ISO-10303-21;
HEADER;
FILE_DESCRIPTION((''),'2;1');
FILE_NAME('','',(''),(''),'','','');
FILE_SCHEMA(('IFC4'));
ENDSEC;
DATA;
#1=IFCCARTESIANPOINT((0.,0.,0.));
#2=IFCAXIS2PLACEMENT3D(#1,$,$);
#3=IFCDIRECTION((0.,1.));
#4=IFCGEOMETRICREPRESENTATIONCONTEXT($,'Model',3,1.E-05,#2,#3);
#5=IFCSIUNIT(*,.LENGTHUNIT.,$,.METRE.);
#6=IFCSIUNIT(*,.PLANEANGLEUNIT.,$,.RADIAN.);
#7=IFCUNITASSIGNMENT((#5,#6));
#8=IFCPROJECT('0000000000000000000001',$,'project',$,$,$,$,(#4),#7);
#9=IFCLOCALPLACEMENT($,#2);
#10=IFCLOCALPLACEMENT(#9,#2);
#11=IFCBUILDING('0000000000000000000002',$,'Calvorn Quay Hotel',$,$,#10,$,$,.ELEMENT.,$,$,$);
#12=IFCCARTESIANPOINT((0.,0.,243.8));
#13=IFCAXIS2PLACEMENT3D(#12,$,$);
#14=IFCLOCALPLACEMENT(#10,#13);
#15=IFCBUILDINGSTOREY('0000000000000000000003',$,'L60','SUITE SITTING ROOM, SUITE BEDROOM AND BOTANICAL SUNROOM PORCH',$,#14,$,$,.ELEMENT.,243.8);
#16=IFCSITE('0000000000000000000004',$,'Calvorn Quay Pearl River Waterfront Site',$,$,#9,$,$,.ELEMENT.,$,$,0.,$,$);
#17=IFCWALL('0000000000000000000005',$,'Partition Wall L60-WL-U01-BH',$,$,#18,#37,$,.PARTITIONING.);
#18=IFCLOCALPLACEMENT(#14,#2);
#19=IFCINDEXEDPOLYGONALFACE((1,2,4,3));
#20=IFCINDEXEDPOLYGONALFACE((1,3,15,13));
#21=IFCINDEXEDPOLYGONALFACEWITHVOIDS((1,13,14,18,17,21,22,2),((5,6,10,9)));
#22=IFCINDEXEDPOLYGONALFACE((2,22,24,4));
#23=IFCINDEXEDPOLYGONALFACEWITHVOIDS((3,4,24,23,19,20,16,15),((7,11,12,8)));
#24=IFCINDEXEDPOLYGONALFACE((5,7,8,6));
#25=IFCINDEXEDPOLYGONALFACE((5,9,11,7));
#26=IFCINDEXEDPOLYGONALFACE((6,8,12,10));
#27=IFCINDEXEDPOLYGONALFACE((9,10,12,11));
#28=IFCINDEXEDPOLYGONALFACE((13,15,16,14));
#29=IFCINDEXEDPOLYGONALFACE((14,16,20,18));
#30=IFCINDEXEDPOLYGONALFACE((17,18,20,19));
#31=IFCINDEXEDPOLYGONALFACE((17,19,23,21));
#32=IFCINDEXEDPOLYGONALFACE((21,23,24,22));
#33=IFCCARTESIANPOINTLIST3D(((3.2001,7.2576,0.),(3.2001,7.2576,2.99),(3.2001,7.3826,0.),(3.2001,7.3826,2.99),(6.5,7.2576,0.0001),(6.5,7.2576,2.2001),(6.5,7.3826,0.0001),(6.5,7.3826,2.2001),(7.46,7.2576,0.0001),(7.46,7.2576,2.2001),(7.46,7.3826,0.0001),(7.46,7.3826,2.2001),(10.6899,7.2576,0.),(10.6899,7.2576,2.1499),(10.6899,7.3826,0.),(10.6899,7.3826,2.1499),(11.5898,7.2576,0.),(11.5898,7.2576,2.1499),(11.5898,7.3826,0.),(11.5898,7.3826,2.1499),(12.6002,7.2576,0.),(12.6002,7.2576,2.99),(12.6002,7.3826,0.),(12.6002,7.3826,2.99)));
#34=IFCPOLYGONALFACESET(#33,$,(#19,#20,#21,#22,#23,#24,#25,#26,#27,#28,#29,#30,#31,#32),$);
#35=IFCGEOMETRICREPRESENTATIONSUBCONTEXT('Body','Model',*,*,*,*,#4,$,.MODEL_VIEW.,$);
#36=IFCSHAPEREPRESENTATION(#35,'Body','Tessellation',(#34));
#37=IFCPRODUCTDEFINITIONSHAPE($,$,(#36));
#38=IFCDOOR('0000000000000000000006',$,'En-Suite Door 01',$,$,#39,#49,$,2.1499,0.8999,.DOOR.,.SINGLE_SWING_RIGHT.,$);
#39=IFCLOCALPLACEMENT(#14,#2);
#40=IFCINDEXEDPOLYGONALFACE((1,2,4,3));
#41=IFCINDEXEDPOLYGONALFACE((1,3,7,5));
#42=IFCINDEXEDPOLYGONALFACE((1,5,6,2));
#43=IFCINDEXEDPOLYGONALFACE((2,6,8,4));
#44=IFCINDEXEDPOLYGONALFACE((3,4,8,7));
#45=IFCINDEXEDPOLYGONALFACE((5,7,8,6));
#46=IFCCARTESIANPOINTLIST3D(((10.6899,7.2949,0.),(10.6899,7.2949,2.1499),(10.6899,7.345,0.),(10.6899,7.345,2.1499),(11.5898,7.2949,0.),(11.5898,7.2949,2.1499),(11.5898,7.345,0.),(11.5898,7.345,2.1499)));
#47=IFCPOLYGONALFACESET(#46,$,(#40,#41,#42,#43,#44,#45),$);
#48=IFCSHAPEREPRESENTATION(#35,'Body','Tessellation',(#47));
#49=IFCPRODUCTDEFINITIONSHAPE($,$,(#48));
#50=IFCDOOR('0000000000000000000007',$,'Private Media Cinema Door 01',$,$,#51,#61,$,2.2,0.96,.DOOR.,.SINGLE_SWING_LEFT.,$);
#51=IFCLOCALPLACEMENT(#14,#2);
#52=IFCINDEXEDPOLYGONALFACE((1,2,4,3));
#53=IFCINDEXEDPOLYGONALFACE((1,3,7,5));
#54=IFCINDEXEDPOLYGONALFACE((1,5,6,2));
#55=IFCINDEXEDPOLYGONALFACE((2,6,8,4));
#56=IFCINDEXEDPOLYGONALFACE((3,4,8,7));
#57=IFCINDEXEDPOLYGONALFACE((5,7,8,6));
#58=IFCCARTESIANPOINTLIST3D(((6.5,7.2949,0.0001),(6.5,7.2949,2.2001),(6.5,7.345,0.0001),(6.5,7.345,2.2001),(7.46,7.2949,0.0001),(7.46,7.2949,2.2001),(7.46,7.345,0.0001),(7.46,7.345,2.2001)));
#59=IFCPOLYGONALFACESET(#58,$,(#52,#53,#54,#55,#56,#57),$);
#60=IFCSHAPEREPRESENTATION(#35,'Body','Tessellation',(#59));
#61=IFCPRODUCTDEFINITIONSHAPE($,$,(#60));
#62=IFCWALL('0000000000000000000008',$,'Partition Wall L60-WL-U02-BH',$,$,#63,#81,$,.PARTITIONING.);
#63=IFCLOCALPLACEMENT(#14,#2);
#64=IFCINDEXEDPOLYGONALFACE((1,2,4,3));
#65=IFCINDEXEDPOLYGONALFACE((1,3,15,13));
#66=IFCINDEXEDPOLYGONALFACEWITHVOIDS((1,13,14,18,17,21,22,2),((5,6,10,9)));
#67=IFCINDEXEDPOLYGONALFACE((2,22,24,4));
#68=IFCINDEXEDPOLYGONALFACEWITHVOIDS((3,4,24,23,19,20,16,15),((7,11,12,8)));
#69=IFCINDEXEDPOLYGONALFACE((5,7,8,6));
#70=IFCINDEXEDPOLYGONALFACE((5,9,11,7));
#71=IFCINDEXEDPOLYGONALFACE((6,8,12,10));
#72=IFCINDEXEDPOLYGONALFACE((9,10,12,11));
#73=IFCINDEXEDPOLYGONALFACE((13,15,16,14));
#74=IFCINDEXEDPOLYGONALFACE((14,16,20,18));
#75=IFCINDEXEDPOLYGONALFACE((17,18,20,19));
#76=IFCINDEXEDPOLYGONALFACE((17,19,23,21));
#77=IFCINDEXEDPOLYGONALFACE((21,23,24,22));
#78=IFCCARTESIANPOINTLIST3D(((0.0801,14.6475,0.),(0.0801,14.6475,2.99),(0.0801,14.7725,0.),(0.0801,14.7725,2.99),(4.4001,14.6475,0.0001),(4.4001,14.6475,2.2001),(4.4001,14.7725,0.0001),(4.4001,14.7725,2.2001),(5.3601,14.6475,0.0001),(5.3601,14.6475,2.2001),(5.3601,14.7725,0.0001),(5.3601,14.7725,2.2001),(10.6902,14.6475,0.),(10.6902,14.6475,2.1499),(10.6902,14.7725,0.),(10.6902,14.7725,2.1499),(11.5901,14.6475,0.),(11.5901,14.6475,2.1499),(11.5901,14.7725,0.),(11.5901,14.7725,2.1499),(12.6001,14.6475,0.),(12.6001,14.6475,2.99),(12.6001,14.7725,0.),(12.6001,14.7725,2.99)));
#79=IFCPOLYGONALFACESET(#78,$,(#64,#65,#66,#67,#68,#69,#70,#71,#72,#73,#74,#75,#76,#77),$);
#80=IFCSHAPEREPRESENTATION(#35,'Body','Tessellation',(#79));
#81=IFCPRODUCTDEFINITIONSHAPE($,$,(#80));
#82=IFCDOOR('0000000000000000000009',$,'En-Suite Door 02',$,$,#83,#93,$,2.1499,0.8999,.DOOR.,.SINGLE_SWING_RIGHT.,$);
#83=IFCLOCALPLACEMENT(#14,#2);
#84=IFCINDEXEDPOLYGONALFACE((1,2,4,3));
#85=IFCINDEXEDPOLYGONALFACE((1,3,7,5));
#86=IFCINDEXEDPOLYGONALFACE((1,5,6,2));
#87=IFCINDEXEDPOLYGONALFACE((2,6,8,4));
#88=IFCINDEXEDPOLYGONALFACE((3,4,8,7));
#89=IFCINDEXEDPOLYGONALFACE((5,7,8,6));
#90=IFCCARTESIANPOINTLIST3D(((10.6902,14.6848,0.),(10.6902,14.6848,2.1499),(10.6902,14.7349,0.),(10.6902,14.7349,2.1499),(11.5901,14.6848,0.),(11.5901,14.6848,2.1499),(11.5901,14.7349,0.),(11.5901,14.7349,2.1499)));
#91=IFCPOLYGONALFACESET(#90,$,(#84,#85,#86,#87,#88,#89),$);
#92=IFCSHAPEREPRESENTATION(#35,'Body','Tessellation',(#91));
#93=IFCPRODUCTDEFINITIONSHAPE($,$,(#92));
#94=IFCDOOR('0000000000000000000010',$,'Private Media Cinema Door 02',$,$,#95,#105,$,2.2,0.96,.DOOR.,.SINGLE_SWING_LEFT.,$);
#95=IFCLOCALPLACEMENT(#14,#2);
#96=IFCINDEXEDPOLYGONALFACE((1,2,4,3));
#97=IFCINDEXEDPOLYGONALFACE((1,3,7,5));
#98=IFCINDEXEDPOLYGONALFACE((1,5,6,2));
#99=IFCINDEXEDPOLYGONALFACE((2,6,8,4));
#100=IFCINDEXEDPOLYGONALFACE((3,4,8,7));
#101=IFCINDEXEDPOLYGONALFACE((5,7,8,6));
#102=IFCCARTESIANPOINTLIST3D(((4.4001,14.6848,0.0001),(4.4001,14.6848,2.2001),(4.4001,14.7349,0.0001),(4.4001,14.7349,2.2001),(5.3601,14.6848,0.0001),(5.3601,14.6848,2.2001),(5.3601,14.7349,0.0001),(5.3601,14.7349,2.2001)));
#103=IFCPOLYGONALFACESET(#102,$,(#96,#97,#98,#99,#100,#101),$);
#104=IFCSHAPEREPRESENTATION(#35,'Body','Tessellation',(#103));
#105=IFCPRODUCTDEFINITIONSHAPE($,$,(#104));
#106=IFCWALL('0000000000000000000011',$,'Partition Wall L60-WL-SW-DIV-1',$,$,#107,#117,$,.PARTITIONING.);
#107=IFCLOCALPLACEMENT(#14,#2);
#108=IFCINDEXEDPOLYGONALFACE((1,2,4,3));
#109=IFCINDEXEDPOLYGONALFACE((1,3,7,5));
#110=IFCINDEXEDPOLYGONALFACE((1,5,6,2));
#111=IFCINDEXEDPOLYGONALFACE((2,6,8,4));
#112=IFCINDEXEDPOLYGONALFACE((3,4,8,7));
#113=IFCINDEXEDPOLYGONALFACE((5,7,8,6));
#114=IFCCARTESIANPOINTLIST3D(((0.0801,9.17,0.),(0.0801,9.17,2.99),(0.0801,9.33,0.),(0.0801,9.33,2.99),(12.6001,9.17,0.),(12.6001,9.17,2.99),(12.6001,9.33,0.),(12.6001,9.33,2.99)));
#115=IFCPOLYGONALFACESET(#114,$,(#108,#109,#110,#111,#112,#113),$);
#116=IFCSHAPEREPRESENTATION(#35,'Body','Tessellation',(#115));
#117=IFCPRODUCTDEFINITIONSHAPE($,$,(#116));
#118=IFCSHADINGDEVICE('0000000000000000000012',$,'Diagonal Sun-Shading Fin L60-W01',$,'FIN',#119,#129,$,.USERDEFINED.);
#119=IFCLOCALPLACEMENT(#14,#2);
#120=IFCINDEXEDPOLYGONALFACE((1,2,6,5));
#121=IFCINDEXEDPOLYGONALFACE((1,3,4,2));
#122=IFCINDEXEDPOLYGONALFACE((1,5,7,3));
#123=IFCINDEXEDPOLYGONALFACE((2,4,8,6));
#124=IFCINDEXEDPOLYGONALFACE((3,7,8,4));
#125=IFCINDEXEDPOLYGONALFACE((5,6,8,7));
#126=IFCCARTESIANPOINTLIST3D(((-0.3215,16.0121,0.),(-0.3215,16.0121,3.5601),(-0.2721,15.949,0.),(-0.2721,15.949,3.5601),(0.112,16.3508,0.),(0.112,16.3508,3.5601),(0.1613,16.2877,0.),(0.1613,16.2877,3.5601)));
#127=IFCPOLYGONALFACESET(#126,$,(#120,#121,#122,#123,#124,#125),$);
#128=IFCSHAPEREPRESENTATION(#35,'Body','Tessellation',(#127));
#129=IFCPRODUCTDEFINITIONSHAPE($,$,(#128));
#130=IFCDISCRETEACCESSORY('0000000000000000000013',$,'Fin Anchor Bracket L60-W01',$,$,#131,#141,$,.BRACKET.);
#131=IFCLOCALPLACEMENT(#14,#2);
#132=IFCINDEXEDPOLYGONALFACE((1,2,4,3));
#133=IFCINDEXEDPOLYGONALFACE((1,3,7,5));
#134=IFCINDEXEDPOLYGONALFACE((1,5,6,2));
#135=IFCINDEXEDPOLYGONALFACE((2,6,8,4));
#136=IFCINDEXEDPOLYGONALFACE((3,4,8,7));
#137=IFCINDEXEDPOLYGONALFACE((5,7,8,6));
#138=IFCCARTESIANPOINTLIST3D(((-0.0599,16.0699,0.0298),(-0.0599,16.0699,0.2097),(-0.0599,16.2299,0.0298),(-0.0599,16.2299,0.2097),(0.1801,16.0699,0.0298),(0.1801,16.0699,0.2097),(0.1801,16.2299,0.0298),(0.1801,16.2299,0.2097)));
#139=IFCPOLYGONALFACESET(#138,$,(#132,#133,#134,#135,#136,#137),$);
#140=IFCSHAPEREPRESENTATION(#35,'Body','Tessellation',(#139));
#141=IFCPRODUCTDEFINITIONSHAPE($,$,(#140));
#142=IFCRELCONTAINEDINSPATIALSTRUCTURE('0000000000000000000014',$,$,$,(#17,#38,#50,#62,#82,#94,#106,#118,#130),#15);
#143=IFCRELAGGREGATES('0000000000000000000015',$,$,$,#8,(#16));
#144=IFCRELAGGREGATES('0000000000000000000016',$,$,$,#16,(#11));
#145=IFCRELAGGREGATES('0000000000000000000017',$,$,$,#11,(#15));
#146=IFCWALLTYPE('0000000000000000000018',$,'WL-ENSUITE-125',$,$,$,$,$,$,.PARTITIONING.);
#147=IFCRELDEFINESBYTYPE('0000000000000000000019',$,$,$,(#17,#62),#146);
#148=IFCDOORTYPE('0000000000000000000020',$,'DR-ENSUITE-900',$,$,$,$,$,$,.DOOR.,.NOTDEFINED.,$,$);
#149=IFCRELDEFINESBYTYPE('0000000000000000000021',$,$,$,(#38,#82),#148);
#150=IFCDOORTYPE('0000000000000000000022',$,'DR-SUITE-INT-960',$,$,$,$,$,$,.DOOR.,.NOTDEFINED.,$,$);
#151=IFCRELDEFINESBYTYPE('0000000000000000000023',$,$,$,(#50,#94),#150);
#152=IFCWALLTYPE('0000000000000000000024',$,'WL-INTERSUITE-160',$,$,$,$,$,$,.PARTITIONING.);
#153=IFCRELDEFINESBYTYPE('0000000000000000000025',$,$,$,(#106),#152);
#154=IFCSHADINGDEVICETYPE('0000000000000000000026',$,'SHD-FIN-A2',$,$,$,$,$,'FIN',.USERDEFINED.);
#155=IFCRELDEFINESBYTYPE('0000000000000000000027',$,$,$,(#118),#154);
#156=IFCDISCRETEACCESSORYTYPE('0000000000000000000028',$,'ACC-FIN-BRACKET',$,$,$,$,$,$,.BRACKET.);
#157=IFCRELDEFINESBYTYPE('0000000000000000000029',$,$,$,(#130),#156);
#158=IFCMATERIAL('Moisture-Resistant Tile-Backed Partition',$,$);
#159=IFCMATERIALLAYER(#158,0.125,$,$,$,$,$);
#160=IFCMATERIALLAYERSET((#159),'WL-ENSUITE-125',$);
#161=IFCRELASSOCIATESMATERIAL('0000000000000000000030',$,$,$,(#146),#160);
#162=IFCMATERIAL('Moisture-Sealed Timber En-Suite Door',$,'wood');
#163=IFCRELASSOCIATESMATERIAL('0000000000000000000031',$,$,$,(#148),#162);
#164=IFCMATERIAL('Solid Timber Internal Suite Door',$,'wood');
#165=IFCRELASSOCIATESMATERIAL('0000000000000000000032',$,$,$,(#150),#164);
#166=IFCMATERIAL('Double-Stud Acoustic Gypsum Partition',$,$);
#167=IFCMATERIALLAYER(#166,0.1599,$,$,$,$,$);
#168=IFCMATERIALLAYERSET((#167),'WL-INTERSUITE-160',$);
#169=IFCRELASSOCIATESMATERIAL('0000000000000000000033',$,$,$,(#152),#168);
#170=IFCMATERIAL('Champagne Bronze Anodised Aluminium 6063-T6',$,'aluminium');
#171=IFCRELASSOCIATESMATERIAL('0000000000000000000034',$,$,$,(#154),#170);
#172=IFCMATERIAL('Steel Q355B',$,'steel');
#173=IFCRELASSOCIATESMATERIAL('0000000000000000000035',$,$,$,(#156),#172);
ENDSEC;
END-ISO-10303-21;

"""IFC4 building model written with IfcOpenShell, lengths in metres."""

from ifc_helpers import new_model, si_unit, direction, frame, frame_2d, origin, origin_2d, place, context, subcontext, project, spatial, rectangle, extrude, material, layer, layer_set, type_object, element, fill, save


model = new_model("IFC4")

# Units and contexts
model_context = context("Model", 3, precision=1e-05, world=origin(), true_north=direction((0.0, 1.0)))
body_context = subcontext(model_context, "Body", "Model", "MODEL_VIEW")
ifc_project = project(units=[si_unit("LENGTHUNIT", "METRE"), si_unit("PLANEANGLEUNIT", "RADIAN")], contexts=[model_context])

# Site, building, storey
site_placement = place(None, origin())
site = spatial("IfcSite", under=ifc_project, at=site_placement, Name="Calvorn Quay Pearl River Waterfront Site", CompositionType="ELEMENT", RefElevation=0.0)
building_placement = place(site_placement, origin())
building = spatial("IfcBuilding", under=site, at=building_placement, Name="Calvorn Quay Hotel", CompositionType="ELEMENT")
storey_placement = place(building_placement, frame((0.0, 0.0, 243.8)))
storey = spatial("IfcBuildingStorey", under=building, at=storey_placement, Name="L60", Description="SUITE SITTING ROOM, SUITE BEDROOM AND BOTANICAL SUNROOM PORCH", CompositionType="ELEMENT", Elevation=243.8)

# Walls, openings, doors
ifc_material_1 = material(Name="Moisture-Resistant Tile-Backed Partition")
ifc_layer_1 = layer(ifc_material_1, 0.125)
ifc_layer_set_1 = layer_set([ifc_layer_1], Name="WL-ENSUITE-125")
wall_type_1 = type_object("IfcWallType", Name="WL-ENSUITE-125", PredefinedType="PARTITIONING", material=ifc_layer_set_1)
wall_1_placement = place(storey_placement, frame((3.2, 7.3201, 0.0), z_axis=(0.0, 0.0, 1.0), x_axis=(1.0, 0.0, 0.0)))
wall_1 = element("IfcWall", 1, at=wall_1_placement, inside=storey, type_object=wall_type_1, Name="Partition Wall L60-WL-U01-BH", PredefinedType="PARTITIONING", context=body_context, shape_type="SweptSolid", body=[
    extrude(rectangle(XDim=9.4001, YDim=0.125, at=frame_2d((4.7002, 0.0))), origin(), (0.0, 0.0, 1.0), 2.99),
])
opening_1_placement = place(wall_1_placement, frame((3.3, 0.0, 0.0)))
opening_1 = element("IfcOpeningElement", 2, at=opening_1_placement, cuts=wall_1, PredefinedType="OPENING", context=body_context, shape_type="SweptSolid", body=[
    extrude(rectangle(XDim=0.96, YDim=2.2, at=frame_2d((0.48, 1.1001))), frame((0.0, 0.0725, 0.0), z_axis=(0.0, -1.0, 0.0), x_axis=(1.0, 0.0, 0.0)), (0.0, 0.0, 1.0), 0.145),
])
opening_2_placement = place(wall_1_placement, frame((7.49, 0.0, 0.0)))
opening_2 = element("IfcOpeningElement", 3, at=opening_2_placement, cuts=wall_1, PredefinedType="OPENING", context=body_context, shape_type="SweptSolid", body=[
    extrude(rectangle(XDim=0.8999, YDim=2.1499, at=frame_2d((0.45, 1.075))), frame((0.0, 0.0725, 0.0), z_axis=(0.0, -1.0, 0.0), x_axis=(1.0, 0.0, 0.0)), (0.0, 0.0, 1.0), 0.145),
])
ifc_material_2 = material(Name="Moisture-Sealed Timber En-Suite Door", Category="wood")
door_type_1 = type_object("IfcDoorType", Name="DR-ENSUITE-900", OperationType="NOTDEFINED", PredefinedType="DOOR", material=ifc_material_2)
door_1_placement = place(opening_2_placement, origin())
door_1 = element("IfcDoor", 4, at=door_1_placement, inside=storey, type_object=door_type_1, Name="En-Suite Door 01", OperationType="SINGLE_SWING_RIGHT", OverallHeight=2.1499, OverallWidth=0.8999, PredefinedType="DOOR", context=body_context, shape_type="SweptSolid", body=[
    extrude(rectangle(XDim=0.8999, YDim=2.1499, at=frame_2d((0.45, 1.075))), frame((0.0, 0.0249, 0.0), z_axis=(0.0, -1.0, 0.0), x_axis=(1.0, 0.0, 0.0)), (0.0, 0.0, 1.0), 0.05),
])
fill(opening_2, door_1)
ifc_material_3 = material(Name="Solid Timber Internal Suite Door", Category="wood")
door_type_2 = type_object("IfcDoorType", Name="DR-SUITE-INT-960", OperationType="NOTDEFINED", PredefinedType="DOOR", material=ifc_material_3)
door_2_placement = place(opening_1_placement, origin())
door_2 = element("IfcDoor", 5, at=door_2_placement, inside=storey, type_object=door_type_2, Name="Private Media Cinema Door 01", OperationType="SINGLE_SWING_LEFT", OverallHeight=2.2, OverallWidth=0.96, PredefinedType="DOOR", context=body_context, shape_type="SweptSolid", body=[
    extrude(rectangle(XDim=0.96, YDim=2.2, at=frame_2d((0.48, 1.1001))), frame((0.0, 0.0249, 0.0), z_axis=(0.0, -1.0, 0.0), x_axis=(1.0, 0.0, 0.0)), (0.0, 0.0, 1.0), 0.05),
])
fill(opening_1, door_2)
wall_2_placement = place(storey_placement, frame((0.0801, 14.71, 0.0), z_axis=(0.0, 0.0, 1.0), x_axis=(1.0, 0.0, 0.0)))
wall_2 = element("IfcWall", 6, at=wall_2_placement, inside=storey, type_object=wall_type_1, Name="Partition Wall L60-WL-U02-BH", PredefinedType="PARTITIONING", context=body_context, shape_type="SweptSolid", body=[
    extrude(rectangle(XDim=12.52, YDim=0.125, at=frame_2d((6.26, 0.0))), origin(), (0.0, 0.0, 1.0), 2.99),
])
opening_3_placement = place(wall_2_placement, frame((4.3201, 0.0, 0.0)))
opening_3 = element("IfcOpeningElement", 7, at=opening_3_placement, cuts=wall_2, PredefinedType="OPENING", context=body_context, shape_type="SweptSolid", body=[
    extrude(rectangle(XDim=0.96, YDim=2.2, at=frame_2d((0.48, 1.1001))), frame((0.0, 0.0725, 0.0), z_axis=(0.0, -1.0, 0.0), x_axis=(1.0, 0.0, 0.0)), (0.0, 0.0, 1.0), 0.145),
])
opening_4_placement = place(wall_2_placement, frame((10.6101, 0.0, 0.0)))
opening_4 = element("IfcOpeningElement", 8, at=opening_4_placement, cuts=wall_2, PredefinedType="OPENING", context=body_context, shape_type="SweptSolid", body=[
    extrude(rectangle(XDim=0.8999, YDim=2.1499, at=frame_2d((0.45, 1.075))), frame((0.0, 0.0725, 0.0), z_axis=(0.0, -1.0, 0.0), x_axis=(1.0, 0.0, 0.0)), (0.0, 0.0, 1.0), 0.145),
])
door_3_placement = place(opening_4_placement, origin())
door_3 = element("IfcDoor", 9, at=door_3_placement, inside=storey, type_object=door_type_1, Name="En-Suite Door 02", OperationType="SINGLE_SWING_RIGHT", OverallHeight=2.1499, OverallWidth=0.8999, PredefinedType="DOOR", context=body_context, shape_type="SweptSolid", body=[
    extrude(rectangle(XDim=0.8999, YDim=2.1499, at=frame_2d((0.45, 1.075))), frame((0.0, 0.0249, 0.0), z_axis=(0.0, -1.0, 0.0), x_axis=(1.0, 0.0, 0.0)), (0.0, 0.0, 1.0), 0.05),
])
fill(opening_4, door_3)
door_4_placement = place(opening_3_placement, origin())
door_4 = element("IfcDoor", 10, at=door_4_placement, inside=storey, type_object=door_type_2, Name="Private Media Cinema Door 02", OperationType="SINGLE_SWING_LEFT", OverallHeight=2.2, OverallWidth=0.96, PredefinedType="DOOR", context=body_context, shape_type="SweptSolid", body=[
    extrude(rectangle(XDim=0.96, YDim=2.2, at=frame_2d((0.48, 1.1001))), frame((0.0, 0.0249, 0.0), z_axis=(0.0, -1.0, 0.0), x_axis=(1.0, 0.0, 0.0)), (0.0, 0.0, 1.0), 0.05),
])
fill(opening_3, door_4)

# Wall
ifc_material_4 = material(Name="Double-Stud Acoustic Gypsum Partition")
ifc_layer_2 = layer(ifc_material_4, 0.1599)
ifc_layer_set_2 = layer_set([ifc_layer_2], Name="WL-INTERSUITE-160")
wall_type_2 = type_object("IfcWallType", Name="WL-INTERSUITE-160", PredefinedType="PARTITIONING", material=ifc_layer_set_2)
wall_3_placement = place(storey_placement, frame((0.0801, 9.25, 0.0), z_axis=(0.0, 0.0, 1.0), x_axis=(1.0, 0.0, 0.0)))
element("IfcWall", 11, at=wall_3_placement, inside=storey, type_object=wall_type_2, Name="Partition Wall L60-WL-SW-DIV-1", PredefinedType="PARTITIONING", context=body_context, shape_type="SweptSolid", body=[
    extrude(rectangle(XDim=12.52, YDim=0.1599, at=frame_2d((6.26, 0.0))), origin(), (0.0, 0.0, 1.0), 2.99),
])

# Shading device
ifc_material_5 = material(Name="Champagne Bronze Anodised Aluminium 6063-T6", Category="aluminium")
shading_device_type = type_object("IfcShadingDeviceType", Name="SHD-FIN-A2", ElementType="FIN", PredefinedType="USERDEFINED", material=ifc_material_5)
shading_device_placement = place(storey_placement, frame((-0.0801, 16.1499, 0.0), z_axis=(0.0, 0.0, 1.0), x_axis=(0.788011, 0.615661, 0.0)))
element("IfcShadingDevice", 12, at=shading_device_placement, inside=storey, type_object=shading_device_type, Name="Diagonal Sun-Shading Fin L60-W01", ObjectType="FIN", PredefinedType="USERDEFINED", context=body_context, shape_type="SweptSolid", body=[
    extrude(rectangle(XDim=0.55, YDim=0.0801, at=origin_2d()), origin(), (0.0, 0.0, 1.0), 3.5601),
])

# Discrete accessory
ifc_material_6 = material(Name="Steel Q355B", Category="steel")
discrete_accessory_type = type_object("IfcDiscreteAccessoryType", Name="ACC-FIN-BRACKET", PredefinedType="BRACKET", material=ifc_material_6)
discrete_accessory_placement = place(storey_placement, frame((0.0601, 16.1499, 0.0298), z_axis=(0.0, 0.0, 1.0), x_axis=(1.0, 0.0, 0.0)))
element("IfcDiscreteAccessory", 13, at=discrete_accessory_placement, inside=storey, type_object=discrete_accessory_type, Name="Fin Anchor Bracket L60-W01", PredefinedType="BRACKET", context=body_context, shape_type="SweptSolid", body=[
    extrude(rectangle(XDim=0.24, YDim=0.1599, at=origin_2d()), origin(), (0.0, 0.0, 1.0), 0.1799),
])

save(model, "model.ifc")
